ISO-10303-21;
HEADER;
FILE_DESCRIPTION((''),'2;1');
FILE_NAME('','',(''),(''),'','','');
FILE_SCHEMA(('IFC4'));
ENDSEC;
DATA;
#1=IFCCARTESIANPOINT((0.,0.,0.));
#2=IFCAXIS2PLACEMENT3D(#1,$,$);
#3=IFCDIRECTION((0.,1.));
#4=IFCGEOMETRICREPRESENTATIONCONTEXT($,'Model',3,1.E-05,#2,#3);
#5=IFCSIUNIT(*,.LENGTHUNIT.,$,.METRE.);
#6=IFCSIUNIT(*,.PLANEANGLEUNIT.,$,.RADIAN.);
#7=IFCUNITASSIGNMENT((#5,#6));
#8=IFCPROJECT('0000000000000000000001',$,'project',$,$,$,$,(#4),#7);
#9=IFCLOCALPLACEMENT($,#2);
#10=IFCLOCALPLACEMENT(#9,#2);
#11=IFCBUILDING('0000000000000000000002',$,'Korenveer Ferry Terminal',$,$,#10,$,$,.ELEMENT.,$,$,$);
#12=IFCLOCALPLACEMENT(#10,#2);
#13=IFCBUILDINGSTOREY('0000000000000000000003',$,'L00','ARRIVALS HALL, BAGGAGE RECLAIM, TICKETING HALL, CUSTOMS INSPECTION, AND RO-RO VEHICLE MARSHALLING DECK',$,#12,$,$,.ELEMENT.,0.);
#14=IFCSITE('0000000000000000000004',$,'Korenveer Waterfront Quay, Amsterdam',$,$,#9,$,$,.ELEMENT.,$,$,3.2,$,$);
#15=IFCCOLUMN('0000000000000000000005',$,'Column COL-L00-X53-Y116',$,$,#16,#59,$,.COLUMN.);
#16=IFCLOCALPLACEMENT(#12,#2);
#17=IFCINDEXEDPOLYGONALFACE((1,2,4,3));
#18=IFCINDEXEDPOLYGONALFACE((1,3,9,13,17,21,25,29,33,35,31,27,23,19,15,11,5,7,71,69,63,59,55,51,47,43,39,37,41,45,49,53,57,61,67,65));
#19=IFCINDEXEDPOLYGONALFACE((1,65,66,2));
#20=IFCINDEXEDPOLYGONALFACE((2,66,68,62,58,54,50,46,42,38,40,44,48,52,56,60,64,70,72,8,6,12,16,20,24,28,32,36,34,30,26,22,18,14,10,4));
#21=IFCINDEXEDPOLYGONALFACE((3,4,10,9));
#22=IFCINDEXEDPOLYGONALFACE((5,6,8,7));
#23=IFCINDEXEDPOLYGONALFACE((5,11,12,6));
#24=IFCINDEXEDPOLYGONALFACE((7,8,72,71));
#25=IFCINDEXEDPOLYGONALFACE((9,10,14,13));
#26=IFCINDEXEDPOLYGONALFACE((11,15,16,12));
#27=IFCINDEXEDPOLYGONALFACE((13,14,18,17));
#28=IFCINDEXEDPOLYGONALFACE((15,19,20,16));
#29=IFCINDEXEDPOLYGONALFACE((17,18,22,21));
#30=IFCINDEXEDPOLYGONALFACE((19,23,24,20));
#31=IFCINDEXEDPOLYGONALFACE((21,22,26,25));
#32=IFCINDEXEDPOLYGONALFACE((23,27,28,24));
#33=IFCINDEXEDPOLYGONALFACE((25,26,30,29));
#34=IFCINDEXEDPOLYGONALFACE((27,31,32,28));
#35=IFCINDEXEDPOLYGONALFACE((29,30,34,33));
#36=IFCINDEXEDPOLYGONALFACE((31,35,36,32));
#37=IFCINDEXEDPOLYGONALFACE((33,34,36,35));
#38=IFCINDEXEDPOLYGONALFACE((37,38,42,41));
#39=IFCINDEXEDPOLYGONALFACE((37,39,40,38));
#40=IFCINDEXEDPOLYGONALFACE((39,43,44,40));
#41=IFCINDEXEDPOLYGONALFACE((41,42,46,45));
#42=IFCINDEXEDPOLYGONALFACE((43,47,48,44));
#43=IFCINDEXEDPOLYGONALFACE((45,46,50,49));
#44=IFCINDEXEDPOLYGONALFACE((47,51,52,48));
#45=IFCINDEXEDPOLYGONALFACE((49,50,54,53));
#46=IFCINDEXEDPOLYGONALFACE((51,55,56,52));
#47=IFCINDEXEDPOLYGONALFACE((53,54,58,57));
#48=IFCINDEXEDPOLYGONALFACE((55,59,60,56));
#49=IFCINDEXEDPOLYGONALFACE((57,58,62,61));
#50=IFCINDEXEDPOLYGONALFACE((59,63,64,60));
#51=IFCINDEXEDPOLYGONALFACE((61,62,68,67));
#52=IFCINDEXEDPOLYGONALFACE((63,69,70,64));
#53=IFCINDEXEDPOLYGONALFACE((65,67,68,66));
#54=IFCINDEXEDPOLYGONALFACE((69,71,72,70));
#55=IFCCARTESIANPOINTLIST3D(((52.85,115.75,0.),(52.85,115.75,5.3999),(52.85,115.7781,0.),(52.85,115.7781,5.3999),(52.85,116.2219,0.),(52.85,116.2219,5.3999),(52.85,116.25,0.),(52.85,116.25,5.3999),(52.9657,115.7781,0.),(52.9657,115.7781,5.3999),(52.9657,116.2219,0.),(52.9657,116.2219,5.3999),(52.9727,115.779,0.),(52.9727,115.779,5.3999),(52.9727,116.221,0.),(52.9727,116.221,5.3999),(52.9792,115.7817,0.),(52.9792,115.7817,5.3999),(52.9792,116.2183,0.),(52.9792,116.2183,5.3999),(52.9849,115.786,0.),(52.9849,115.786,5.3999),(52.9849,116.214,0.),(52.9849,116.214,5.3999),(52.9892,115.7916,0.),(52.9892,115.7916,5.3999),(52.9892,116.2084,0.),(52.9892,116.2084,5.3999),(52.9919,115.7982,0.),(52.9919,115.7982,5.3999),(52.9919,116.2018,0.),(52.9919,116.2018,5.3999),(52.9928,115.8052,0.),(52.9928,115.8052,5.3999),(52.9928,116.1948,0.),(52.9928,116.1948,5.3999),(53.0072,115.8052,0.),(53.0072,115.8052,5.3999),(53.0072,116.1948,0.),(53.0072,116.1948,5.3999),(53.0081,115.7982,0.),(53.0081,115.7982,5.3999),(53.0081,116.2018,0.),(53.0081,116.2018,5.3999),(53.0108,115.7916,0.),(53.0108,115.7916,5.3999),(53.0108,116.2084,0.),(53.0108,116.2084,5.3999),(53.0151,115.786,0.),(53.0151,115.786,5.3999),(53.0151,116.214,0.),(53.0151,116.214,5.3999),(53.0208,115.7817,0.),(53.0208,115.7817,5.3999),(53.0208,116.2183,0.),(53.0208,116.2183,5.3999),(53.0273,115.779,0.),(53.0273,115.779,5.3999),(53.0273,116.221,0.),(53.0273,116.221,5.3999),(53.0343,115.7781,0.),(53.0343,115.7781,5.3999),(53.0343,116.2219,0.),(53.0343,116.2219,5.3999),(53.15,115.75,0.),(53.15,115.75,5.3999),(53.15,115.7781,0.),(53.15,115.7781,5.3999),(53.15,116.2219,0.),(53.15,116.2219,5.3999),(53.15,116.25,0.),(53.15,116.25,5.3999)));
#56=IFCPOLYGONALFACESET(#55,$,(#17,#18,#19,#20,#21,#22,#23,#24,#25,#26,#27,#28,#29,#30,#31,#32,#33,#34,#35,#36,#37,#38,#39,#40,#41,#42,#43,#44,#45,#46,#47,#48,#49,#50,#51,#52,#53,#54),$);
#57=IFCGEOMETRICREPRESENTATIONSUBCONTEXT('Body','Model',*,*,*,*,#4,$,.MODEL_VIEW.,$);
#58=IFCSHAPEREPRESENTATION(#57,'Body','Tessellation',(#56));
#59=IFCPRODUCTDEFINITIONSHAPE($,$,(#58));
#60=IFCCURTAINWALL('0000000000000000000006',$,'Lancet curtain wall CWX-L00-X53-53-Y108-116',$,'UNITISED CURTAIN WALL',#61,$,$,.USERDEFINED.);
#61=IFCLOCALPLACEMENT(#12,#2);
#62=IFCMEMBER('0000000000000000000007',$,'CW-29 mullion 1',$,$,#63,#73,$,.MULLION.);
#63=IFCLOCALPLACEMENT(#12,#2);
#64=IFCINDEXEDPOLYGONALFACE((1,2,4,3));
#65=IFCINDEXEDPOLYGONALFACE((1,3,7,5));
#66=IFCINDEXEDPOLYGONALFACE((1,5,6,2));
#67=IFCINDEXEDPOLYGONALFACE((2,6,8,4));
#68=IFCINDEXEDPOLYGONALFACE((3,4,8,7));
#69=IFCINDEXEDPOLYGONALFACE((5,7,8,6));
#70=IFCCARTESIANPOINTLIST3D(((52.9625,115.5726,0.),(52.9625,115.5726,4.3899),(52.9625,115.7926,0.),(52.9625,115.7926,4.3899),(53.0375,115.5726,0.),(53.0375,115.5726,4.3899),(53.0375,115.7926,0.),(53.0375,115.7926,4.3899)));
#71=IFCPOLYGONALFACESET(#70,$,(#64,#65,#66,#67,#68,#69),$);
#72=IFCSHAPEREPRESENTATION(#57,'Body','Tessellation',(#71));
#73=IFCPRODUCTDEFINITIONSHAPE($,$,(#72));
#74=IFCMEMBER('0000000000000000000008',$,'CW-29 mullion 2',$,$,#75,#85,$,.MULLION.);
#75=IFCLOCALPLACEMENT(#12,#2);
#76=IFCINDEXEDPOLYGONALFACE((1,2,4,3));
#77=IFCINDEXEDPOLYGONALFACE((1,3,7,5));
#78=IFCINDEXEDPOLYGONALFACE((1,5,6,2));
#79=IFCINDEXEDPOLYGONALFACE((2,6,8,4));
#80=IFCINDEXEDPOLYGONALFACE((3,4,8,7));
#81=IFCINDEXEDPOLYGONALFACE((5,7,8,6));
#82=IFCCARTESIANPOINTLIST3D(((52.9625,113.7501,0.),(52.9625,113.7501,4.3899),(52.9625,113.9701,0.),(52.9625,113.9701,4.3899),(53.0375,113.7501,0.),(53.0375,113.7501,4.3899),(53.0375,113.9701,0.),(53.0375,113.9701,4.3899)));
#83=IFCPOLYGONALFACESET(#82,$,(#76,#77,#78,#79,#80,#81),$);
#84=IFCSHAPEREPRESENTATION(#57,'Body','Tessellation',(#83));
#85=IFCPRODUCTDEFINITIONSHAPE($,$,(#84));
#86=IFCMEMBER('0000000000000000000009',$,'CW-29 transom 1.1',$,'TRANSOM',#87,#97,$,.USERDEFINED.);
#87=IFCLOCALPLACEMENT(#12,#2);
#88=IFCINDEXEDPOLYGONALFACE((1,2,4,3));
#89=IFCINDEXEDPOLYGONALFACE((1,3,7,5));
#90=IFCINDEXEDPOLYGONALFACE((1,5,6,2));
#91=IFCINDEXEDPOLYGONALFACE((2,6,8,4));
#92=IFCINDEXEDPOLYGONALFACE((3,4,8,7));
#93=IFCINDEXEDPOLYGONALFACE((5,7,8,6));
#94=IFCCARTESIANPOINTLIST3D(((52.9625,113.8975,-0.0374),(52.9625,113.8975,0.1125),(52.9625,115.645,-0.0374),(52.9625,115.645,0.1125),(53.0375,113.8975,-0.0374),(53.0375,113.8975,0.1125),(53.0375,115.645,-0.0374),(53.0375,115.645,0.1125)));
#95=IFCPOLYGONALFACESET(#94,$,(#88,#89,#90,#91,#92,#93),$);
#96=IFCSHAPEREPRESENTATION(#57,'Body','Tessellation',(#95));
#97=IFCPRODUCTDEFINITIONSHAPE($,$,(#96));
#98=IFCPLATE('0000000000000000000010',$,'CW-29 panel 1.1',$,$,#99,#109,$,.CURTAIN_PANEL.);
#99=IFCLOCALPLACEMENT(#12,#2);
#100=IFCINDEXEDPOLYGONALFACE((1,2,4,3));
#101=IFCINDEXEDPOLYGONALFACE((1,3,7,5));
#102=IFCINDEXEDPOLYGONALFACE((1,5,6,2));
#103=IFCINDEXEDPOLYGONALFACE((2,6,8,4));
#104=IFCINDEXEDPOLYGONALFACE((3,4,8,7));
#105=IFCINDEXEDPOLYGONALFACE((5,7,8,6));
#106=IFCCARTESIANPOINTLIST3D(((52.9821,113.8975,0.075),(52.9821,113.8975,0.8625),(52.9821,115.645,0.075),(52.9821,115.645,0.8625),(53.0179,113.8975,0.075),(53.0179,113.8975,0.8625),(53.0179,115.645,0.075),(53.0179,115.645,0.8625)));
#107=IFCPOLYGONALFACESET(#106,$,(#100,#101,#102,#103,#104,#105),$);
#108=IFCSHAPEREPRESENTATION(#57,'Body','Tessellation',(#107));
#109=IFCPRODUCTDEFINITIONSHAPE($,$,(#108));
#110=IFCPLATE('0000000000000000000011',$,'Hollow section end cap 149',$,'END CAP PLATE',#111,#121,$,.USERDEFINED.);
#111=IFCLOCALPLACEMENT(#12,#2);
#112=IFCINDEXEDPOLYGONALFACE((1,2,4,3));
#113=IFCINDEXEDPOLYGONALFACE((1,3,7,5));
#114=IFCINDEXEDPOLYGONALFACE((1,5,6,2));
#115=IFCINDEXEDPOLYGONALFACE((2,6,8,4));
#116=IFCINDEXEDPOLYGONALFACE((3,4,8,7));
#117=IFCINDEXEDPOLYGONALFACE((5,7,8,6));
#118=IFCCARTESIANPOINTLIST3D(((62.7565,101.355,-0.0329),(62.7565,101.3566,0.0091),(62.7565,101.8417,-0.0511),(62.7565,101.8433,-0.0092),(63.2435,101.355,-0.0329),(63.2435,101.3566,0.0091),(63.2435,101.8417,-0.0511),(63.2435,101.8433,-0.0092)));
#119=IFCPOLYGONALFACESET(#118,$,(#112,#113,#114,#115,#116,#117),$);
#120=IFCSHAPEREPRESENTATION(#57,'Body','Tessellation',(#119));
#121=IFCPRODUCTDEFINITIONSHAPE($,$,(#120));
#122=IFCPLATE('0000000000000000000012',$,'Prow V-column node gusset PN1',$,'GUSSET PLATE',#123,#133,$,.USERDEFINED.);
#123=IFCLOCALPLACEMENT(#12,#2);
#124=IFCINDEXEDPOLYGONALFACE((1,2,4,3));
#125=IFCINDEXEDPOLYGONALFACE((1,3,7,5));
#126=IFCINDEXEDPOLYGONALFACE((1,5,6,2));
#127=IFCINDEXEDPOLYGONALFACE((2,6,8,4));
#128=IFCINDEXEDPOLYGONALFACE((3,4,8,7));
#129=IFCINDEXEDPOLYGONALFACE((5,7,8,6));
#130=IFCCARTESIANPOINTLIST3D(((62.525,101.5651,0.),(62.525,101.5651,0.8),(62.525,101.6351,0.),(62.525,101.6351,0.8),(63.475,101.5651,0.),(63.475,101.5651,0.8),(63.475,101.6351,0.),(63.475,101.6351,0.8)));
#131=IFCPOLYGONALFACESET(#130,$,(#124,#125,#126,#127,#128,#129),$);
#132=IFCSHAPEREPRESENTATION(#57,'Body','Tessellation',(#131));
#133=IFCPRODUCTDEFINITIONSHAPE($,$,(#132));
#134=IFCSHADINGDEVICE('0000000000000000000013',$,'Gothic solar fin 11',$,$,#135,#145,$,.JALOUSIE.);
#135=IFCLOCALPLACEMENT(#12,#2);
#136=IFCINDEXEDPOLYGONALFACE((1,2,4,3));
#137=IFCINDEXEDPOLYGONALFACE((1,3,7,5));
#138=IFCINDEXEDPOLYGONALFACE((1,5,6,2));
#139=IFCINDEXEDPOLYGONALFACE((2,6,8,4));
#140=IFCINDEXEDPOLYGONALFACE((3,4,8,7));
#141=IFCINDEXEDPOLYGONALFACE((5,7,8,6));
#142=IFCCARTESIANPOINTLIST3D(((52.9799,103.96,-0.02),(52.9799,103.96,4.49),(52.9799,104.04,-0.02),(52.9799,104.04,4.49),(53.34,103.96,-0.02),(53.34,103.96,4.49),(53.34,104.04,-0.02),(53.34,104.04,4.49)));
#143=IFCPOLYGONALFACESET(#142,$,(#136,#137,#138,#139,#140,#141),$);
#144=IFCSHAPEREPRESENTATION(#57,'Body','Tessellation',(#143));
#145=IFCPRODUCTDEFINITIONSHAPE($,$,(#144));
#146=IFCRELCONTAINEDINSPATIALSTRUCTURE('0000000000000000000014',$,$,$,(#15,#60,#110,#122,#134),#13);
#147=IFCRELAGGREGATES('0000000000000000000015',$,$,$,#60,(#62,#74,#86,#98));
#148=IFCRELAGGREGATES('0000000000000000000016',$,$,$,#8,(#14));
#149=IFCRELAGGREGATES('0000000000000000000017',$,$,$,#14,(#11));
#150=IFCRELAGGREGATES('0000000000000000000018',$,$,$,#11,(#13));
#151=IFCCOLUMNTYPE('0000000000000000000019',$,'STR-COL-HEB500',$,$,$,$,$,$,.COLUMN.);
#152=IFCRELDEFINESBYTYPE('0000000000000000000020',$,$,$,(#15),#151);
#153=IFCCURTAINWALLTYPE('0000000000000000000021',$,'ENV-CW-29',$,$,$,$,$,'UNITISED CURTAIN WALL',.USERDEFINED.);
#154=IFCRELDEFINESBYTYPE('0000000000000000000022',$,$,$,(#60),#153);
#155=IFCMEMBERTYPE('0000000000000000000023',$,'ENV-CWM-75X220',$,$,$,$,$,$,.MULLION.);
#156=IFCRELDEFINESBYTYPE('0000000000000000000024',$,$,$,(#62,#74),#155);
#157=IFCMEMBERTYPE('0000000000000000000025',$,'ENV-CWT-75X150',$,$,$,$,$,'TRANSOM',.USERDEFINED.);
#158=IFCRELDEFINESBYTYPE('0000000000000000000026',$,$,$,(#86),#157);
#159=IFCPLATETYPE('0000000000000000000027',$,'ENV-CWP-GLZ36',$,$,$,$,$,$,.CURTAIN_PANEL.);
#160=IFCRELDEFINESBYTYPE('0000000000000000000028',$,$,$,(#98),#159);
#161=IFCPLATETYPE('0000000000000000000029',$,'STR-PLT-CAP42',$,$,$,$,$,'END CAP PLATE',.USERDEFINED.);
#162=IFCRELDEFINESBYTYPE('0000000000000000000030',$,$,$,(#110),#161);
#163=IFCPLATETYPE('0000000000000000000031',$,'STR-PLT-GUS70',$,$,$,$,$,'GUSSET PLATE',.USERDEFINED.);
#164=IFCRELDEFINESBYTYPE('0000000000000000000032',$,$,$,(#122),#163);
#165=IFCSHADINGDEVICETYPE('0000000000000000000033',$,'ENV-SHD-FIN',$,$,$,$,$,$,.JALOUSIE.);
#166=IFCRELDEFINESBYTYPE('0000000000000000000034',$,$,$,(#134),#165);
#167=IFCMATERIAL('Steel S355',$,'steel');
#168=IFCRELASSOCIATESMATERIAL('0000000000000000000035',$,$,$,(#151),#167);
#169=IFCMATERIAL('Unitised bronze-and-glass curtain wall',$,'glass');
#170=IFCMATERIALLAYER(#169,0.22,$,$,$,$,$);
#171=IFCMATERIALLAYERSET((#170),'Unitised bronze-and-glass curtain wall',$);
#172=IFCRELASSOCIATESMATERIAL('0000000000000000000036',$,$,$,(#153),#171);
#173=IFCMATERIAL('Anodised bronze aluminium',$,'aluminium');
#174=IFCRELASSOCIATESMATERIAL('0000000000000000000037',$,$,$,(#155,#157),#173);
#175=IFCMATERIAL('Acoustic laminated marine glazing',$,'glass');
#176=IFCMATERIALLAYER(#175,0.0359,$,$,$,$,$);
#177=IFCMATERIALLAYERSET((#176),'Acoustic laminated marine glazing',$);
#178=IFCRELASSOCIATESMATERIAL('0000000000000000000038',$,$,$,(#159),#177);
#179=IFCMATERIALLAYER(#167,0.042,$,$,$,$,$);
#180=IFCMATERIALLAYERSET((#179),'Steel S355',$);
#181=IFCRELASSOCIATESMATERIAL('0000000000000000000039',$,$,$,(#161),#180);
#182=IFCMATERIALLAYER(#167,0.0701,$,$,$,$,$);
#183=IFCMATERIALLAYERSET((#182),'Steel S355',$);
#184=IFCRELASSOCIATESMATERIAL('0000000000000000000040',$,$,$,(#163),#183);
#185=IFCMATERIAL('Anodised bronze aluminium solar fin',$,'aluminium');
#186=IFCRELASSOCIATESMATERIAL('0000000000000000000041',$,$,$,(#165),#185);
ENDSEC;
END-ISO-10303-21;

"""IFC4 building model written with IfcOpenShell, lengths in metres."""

from ifc_helpers import new_model, si_unit, direction, frame, origin, origin_2d, place, context, subcontext, project, spatial, rectangle, i_section, extrude, material, layer, layer_set, material_profile, profile_set, type_object, element, aggregate, save


model = new_model("IFC4")

# Units and contexts
model_context = context("Model", 3, precision=1e-05, world=origin(), true_north=direction((0.0, 1.0)))
body_context = subcontext(model_context, "Body", "Model", "MODEL_VIEW")
ifc_project = project(units=[si_unit("LENGTHUNIT", "METRE"), si_unit("PLANEANGLEUNIT", "RADIAN")], contexts=[model_context])

# Site, building, storey
site_placement = place(None, origin())
site = spatial("IfcSite", under=ifc_project, at=site_placement, Name="Korenveer Waterfront Quay, Amsterdam", CompositionType="ELEMENT", RefElevation=3.2)
building_placement = place(site_placement, origin())
building = spatial("IfcBuilding", under=site, at=building_placement, Name="Korenveer Ferry Terminal", CompositionType="ELEMENT")
storey_placement = place(building_placement, origin())
storey = spatial("IfcBuildingStorey", under=building, at=storey_placement, Name="L00", Description="ARRIVALS HALL, BAGGAGE RECLAIM, TICKETING HALL, CUSTOMS INSPECTION, AND RO-RO VEHICLE MARSHALLING DECK", CompositionType="ELEMENT", Elevation=0.0)

# Column
ifc_material_1 = material(Name="Steel S355", Category="steel")
ifc_material_profile_1 = material_profile(ifc_material_1, i_section(OverallWidth=0.3, OverallDepth=0.5, WebThickness=0.0144, FlangeThickness=0.0281, FilletRadius=0.0271, at=origin_2d()), Name="HEB 500")
ifc_profile_set_1 = profile_set([ifc_material_profile_1], Name="Steel S355")
column_type_1 = type_object("IfcColumnType", Name="STR-COL-HEB500", PredefinedType="COLUMN", material=ifc_profile_set_1)
column_1_placement = place(storey_placement, frame((53.0, 116.0, 0.0), z_axis=(0.0, 0.0, 1.0), x_axis=(1.0, 0.0, 0.0)))
element("IfcColumn", 1, at=column_1_placement, inside=storey, type_object=column_type_1, Name="Column COL-L00-X53-Y116", PredefinedType="COLUMN", context=body_context, shape_type="SweptSolid", body=[
    extrude(i_section(OverallWidth=0.3, OverallDepth=0.5, WebThickness=0.0144, FlangeThickness=0.0281, FilletRadius=0.0271, at=origin_2d()), origin(), (0.0, 0.0, 1.0), 5.3999),
])

# Curtain wall, members, plate
ifc_material_2 = material(Name="Unitised bronze-and-glass curtain wall", Category="glass")
ifc_layer_1 = layer(ifc_material_2, 0.22)
ifc_layer_set_1 = layer_set([ifc_layer_1], Name="Unitised bronze-and-glass curtain wall")
curtain_wall_type = type_object("IfcCurtainWallType", Name="ENV-CW-29", ElementType="UNITISED CURTAIN WALL", PredefinedType="USERDEFINED", material=ifc_layer_set_1)
curtain_wall_placement = place(storey_placement, frame((53.0, 115.72, 0.0)))
curtain_wall = element("IfcCurtainWall", 2, at=curtain_wall_placement, inside=storey, type_object=curtain_wall_type, Name="Lancet curtain wall CWX-L00-X53-53-Y108-116", ObjectType="UNITISED CURTAIN WALL", PredefinedType="USERDEFINED")
ifc_material_3 = material(Name="Anodised bronze aluminium", Category="aluminium")
ifc_material_profile_2 = material_profile(ifc_material_3, rectangle(XDim=0.075, YDim=0.22, at=origin_2d()), Name="ALU 75x220")
ifc_profile_set_2 = profile_set([ifc_material_profile_2], Name="Anodised bronze aluminium")
member_type_1 = type_object("IfcMemberType", Name="ENV-CWM-75X220", PredefinedType="MULLION", material=ifc_profile_set_2)
member_1_placement = place(storey_placement, frame((53.0, 115.6826, 0.0), z_axis=(0.0, 0.0, 1.0), x_axis=(1.0, 0.0, 0.0)))
member_1 = element("IfcMember", 3, at=member_1_placement, type_object=member_type_1, Name="CW-29 mullion 1", PredefinedType="MULLION", context=body_context, shape_type="SweptSolid", body=[
    extrude(rectangle(XDim=0.075, YDim=0.22, at=origin_2d()), origin(), (0.0, 0.0, 1.0), 4.3899),
])
member_2_placement = place(storey_placement, frame((53.0, 113.8601, 0.0), z_axis=(0.0, 0.0, 1.0), x_axis=(1.0, 0.0, 0.0)))
member_2 = element("IfcMember", 4, at=member_2_placement, type_object=member_type_1, Name="CW-29 mullion 2", PredefinedType="MULLION", context=body_context, shape_type="SweptSolid", body=[
    extrude(rectangle(XDim=0.075, YDim=0.22, at=origin_2d()), origin(), (0.0, 0.0, 1.0), 4.3899),
])
ifc_material_profile_3 = material_profile(ifc_material_3, rectangle(XDim=0.075, YDim=0.1499, at=origin_2d()), Name="ALU 75x150")
ifc_profile_set_3 = profile_set([ifc_material_profile_3], Name="Anodised bronze aluminium")
member_type_2 = type_object("IfcMemberType", Name="ENV-CWT-75X150", ElementType="TRANSOM", PredefinedType="USERDEFINED", material=ifc_profile_set_3)
member_3_placement = place(storey_placement, frame((53.0, 115.645, 0.0376), z_axis=(0.0, -1.0, 0.0), x_axis=(1.0, 0.0, 0.0)))
member_3 = element("IfcMember", 5, at=member_3_placement, type_object=member_type_2, Name="CW-29 transom 1.1", ObjectType="TRANSOM", PredefinedType="USERDEFINED", context=body_context, shape_type="SweptSolid", body=[
    extrude(rectangle(XDim=0.075, YDim=0.1499, at=origin_2d()), origin(), (0.0, 0.0, 1.0), 1.7476),
])
ifc_material_4 = material(Name="Acoustic laminated marine glazing", Category="glass")
ifc_layer_2 = layer(ifc_material_4, 0.0359)
ifc_layer_set_2 = layer_set([ifc_layer_2], Name="Acoustic laminated marine glazing")
plate_type_1 = type_object("IfcPlateType", Name="ENV-CWP-GLZ36", PredefinedType="CURTAIN_PANEL", material=ifc_layer_set_2)
plate_1_placement = place(storey_placement, frame((53.0, 114.7712, 0.075), z_axis=(0.0, 0.0, 1.0), x_axis=(0.0, -1.0, 0.0)))
plate_1 = element("IfcPlate", 6, at=plate_1_placement, type_object=plate_type_1, Name="CW-29 panel 1.1", PredefinedType="CURTAIN_PANEL", context=body_context, shape_type="SweptSolid", body=[
    extrude(rectangle(XDim=1.7476, YDim=0.0359, at=origin_2d()), origin(), (0.0, 0.0, 1.0), 0.7876),
])
aggregate(curtain_wall, [member_1, member_2, member_3, plate_1])

# Plates
ifc_layer_3 = layer(ifc_material_1, 0.042)
ifc_layer_set_3 = layer_set([ifc_layer_3], Name="Steel S355")
plate_type_2 = type_object("IfcPlateType", Name="STR-PLT-CAP42", ElementType="END CAP PLATE", PredefinedType="USERDEFINED", material=ifc_layer_set_3)
plate_2_placement = place(storey_placement, frame((63.0, 101.5984, -0.042), z_axis=(0.0, 0.037506, 0.999296), x_axis=(-1.0, 0.0, 0.0)))
element("IfcPlate", 7, at=plate_2_placement, inside=storey, type_object=plate_type_2, Name="Hollow section end cap 149", ObjectType="END CAP PLATE", PredefinedType="USERDEFINED", context=body_context, shape_type="SweptSolid", body=[
    extrude(rectangle(XDim=0.4871, YDim=0.4871, at=origin_2d()), origin(), (0.0, 0.0, 1.0), 0.042),
])
ifc_layer_4 = layer(ifc_material_1, 0.0701)
ifc_layer_set_4 = layer_set([ifc_layer_4], Name="Steel S355")
plate_type_3 = type_object("IfcPlateType", Name="STR-PLT-GUS70", ElementType="GUSSET PLATE", PredefinedType="USERDEFINED", material=ifc_layer_set_4)
plate_3_placement = place(storey_placement, frame((63.0, 101.6001, 0.0), z_axis=(0.0, 0.0, 1.0), x_axis=(1.0, 0.0, 0.0)))
element("IfcPlate", 8, at=plate_3_placement, inside=storey, type_object=plate_type_3, Name="Prow V-column node gusset PN1", ObjectType="GUSSET PLATE", PredefinedType="USERDEFINED", context=body_context, shape_type="SweptSolid", body=[
    extrude(rectangle(XDim=0.95, YDim=0.0701, at=origin_2d()), origin(), (0.0, 0.0, 1.0), 0.8),
])

# Shading device
ifc_material_5 = material(Name="Anodised bronze aluminium solar fin", Category="aluminium")
shading_device_type = type_object("IfcShadingDeviceType", Name="ENV-SHD-FIN", PredefinedType="JALOUSIE", material=ifc_material_5)
shading_device_placement = place(storey_placement, frame((53.1599, 104.0, -0.02), z_axis=(0.0, 0.0, 1.0), x_axis=(1.0, 0.0, 0.0)))
element("IfcShadingDevice", 9, at=shading_device_placement, inside=storey, type_object=shading_device_type, Name="Gothic solar fin 11", PredefinedType="JALOUSIE", context=body_context, shape_type="SweptSolid", body=[
    extrude(rectangle(XDim=0.3601, YDim=0.0801, at=origin_2d()), origin(), (0.0, 0.0, 1.0), 4.51),
])

save(model, "model.ifc")
